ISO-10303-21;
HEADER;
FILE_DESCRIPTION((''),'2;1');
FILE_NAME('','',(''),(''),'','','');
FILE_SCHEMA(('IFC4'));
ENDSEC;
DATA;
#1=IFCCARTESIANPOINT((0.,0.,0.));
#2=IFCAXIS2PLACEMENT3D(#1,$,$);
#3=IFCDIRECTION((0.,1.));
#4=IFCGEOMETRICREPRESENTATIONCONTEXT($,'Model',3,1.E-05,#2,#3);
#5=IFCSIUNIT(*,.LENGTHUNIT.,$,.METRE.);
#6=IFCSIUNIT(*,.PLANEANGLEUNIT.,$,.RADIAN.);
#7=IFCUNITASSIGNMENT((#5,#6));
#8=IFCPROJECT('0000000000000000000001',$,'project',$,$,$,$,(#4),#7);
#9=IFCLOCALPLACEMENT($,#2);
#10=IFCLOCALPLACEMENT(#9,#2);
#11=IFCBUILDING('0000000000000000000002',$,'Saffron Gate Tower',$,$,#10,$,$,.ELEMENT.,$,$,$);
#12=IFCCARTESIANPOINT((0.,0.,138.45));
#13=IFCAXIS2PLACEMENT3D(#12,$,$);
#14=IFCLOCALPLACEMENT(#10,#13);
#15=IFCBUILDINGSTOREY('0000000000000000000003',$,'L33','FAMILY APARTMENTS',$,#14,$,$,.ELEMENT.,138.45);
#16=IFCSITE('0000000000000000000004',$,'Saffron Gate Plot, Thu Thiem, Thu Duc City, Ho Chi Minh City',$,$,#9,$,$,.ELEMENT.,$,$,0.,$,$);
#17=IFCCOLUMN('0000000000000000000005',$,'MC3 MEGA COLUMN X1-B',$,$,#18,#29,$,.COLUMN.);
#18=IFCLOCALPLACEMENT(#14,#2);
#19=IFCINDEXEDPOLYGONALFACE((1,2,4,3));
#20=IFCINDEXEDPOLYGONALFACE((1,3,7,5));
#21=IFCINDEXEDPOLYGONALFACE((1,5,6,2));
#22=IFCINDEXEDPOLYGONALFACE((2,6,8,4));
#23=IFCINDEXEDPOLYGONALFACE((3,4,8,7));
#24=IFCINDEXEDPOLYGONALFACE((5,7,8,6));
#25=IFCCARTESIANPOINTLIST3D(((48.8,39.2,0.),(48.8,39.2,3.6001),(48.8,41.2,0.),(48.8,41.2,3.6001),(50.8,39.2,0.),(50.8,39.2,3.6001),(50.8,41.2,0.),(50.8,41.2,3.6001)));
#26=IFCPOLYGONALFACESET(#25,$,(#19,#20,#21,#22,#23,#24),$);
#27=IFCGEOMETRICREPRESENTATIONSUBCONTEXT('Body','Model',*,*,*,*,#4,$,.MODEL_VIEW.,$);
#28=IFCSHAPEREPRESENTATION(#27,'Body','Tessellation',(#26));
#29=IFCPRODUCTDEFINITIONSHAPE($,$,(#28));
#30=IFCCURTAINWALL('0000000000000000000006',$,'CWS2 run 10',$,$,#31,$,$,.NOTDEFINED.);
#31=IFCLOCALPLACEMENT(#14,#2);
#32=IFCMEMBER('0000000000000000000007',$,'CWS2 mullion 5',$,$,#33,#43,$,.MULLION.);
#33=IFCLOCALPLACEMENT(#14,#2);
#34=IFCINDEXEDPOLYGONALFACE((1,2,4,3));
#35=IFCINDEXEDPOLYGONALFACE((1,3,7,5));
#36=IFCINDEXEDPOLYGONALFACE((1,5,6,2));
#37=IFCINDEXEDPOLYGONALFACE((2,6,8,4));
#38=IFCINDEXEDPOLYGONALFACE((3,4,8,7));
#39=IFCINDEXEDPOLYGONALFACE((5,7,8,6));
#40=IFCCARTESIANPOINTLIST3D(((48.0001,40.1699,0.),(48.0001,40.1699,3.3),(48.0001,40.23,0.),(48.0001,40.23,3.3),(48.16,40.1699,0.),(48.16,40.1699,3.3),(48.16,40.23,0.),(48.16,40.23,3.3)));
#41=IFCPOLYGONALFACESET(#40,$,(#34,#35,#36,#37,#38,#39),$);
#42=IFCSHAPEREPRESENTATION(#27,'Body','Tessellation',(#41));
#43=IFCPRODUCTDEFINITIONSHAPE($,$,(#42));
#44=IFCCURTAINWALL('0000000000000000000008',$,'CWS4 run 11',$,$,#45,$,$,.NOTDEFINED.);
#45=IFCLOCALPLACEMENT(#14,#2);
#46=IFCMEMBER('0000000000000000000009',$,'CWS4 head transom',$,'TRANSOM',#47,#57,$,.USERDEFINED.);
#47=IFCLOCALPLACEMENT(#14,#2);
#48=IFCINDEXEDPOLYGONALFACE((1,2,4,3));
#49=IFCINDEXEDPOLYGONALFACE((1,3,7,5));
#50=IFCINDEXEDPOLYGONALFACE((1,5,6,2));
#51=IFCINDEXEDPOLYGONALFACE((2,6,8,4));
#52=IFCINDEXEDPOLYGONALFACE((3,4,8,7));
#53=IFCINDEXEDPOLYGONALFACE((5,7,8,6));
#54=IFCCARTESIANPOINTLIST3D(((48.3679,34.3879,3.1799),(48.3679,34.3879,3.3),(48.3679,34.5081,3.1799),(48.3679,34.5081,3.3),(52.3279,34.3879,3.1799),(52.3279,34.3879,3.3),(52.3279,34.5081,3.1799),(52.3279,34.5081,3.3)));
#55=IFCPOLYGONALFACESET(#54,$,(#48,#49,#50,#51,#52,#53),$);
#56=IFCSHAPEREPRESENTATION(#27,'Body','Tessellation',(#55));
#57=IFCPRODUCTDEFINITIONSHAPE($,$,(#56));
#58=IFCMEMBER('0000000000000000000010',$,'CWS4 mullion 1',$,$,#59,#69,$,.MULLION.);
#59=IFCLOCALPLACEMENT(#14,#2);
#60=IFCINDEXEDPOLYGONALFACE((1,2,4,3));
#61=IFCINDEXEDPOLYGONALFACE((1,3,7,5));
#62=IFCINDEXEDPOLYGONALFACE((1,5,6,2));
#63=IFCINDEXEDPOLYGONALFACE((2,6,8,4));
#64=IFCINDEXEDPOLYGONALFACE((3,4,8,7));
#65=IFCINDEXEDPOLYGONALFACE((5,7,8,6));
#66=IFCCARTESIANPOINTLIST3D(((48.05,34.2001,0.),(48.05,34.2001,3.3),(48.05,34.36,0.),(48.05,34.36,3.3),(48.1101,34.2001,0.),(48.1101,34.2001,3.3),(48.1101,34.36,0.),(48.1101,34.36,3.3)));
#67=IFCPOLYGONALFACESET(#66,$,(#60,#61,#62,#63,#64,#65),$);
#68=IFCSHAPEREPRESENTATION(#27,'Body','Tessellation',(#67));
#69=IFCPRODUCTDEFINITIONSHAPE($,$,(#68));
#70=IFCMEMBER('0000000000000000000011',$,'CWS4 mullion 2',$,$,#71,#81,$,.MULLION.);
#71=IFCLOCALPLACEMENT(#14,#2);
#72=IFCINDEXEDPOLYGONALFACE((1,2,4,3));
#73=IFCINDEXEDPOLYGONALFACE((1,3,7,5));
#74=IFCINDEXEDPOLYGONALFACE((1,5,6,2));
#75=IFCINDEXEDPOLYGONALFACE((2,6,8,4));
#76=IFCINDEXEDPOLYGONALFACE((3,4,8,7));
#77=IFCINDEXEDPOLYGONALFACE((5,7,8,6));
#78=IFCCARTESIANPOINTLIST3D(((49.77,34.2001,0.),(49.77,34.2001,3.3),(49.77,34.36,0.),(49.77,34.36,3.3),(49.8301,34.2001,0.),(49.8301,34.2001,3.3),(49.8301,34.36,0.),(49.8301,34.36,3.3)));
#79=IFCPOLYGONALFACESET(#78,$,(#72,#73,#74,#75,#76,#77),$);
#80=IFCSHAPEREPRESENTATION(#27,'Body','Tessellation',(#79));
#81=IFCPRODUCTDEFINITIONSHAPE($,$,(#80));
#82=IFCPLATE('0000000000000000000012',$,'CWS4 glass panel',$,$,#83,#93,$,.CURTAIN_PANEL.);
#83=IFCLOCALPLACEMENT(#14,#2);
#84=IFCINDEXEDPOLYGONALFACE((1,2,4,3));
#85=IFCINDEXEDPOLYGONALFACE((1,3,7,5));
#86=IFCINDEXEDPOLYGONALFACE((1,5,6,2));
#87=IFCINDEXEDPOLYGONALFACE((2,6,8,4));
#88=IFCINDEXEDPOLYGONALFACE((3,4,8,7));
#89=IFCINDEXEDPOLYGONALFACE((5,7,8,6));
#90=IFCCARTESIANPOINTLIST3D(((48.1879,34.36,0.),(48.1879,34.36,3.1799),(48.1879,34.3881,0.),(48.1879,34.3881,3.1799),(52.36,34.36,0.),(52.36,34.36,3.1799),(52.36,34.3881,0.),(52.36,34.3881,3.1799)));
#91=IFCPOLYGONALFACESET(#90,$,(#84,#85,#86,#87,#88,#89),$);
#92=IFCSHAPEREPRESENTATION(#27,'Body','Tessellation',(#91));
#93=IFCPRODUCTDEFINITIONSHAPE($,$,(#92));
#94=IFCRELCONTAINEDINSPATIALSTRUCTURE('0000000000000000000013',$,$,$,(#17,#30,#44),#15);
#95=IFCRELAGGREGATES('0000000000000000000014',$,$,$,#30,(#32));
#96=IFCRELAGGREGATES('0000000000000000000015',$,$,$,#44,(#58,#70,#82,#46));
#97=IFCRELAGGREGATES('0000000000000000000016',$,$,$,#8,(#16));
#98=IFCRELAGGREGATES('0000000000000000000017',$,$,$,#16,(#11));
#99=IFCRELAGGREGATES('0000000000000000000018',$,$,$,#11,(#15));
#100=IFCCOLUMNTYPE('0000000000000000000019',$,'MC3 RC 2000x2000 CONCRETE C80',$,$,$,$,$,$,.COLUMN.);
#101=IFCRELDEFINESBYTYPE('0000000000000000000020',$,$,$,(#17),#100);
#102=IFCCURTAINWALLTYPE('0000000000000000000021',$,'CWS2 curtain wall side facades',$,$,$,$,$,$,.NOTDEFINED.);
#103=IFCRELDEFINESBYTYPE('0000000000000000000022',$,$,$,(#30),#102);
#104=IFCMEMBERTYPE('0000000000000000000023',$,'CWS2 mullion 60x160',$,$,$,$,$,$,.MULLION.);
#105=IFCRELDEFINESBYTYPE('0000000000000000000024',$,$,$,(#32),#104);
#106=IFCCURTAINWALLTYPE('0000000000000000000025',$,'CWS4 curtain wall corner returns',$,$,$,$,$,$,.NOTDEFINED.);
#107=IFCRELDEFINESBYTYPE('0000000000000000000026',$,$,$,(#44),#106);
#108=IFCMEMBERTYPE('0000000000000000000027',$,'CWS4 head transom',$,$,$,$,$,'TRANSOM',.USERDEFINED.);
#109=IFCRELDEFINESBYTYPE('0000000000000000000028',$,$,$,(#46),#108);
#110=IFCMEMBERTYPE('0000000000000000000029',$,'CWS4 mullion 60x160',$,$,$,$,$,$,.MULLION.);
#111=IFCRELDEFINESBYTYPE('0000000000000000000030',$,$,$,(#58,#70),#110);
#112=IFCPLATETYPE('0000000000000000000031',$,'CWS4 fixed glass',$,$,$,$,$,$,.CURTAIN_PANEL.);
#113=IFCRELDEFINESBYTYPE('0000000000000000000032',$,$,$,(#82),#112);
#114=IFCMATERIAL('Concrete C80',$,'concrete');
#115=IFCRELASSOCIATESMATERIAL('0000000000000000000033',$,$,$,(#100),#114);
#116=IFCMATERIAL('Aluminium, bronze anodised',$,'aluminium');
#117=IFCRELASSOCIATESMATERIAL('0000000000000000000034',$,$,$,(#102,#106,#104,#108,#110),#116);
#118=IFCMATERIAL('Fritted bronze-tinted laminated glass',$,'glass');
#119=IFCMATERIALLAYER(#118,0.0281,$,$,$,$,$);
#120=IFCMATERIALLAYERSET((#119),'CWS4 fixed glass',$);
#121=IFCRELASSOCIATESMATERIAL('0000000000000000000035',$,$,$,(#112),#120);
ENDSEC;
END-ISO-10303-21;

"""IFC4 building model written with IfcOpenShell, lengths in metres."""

from ifc_helpers import new_model, si_unit, direction, frame, frame_2d, origin, origin_2d, place, context, subcontext, project, spatial, rectangle, extrude, material, layer, layer_set, material_profile, profile_set, type_object, element, aggregate, save


model = new_model("IFC4")

# Units and contexts
model_context = context("Model", 3, precision=1e-05, world=origin(), true_north=direction((0.0, 1.0)))
body_context = subcontext(model_context, "Body", "Model", "MODEL_VIEW")
ifc_project = project(units=[si_unit("LENGTHUNIT", "METRE"), si_unit("PLANEANGLEUNIT", "RADIAN")], contexts=[model_context])

# Site, building, storey
site_placement = place(None, origin())
site = spatial("IfcSite", under=ifc_project, at=site_placement, Name="Saffron Gate Plot, Thu Thiem, Thu Duc City, Ho Chi Minh City", CompositionType="ELEMENT", RefElevation=0.0)
building_placement = place(site_placement, origin())
building = spatial("IfcBuilding", under=site, at=building_placement, Name="Saffron Gate Tower", CompositionType="ELEMENT")
storey_placement = place(building_placement, frame((0.0, 0.0, 138.45)))
storey = spatial("IfcBuildingStorey", under=building, at=storey_placement, Name="L33", Description="FAMILY APARTMENTS", CompositionType="ELEMENT", Elevation=138.45)

# Column
ifc_material_1 = material(Name="Concrete C80", Category="concrete")
ifc_material_profile_1 = material_profile(ifc_material_1, rectangle(XDim=2.0, YDim=2.0, at=origin_2d()))
ifc_profile_set_1 = profile_set([ifc_material_profile_1], Name="Concrete C80")
column_type = type_object("IfcColumnType", Name="MC3 RC 2000x2000 CONCRETE C80", PredefinedType="COLUMN", material=ifc_profile_set_1)
column_placement = place(storey_placement, frame((49.8, 40.2, 0.0), z_axis=(0.0, 0.0, 1.0), x_axis=(1.0, 0.0, 0.0)))
element("IfcColumn", 1, at=column_placement, inside=storey, type_object=column_type, Name="MC3 MEGA COLUMN X1-B", PredefinedType="COLUMN", context=body_context, shape_type="SweptSolid", body=[
    extrude(rectangle(XDim=2.0, YDim=2.0, at=origin_2d()), origin(), (0.0, 0.0, 1.0), 3.6001),
])

# Curtain wall, member
ifc_material_2 = material(Name="Aluminium, bronze anodised", Category="aluminium")
curtain_wall_type_1 = type_object("IfcCurtainWallType", Name="CWS2 curtain wall side facades", PredefinedType="NOTDEFINED", material=ifc_material_2)
curtain_wall_1_placement = place(storey_placement, origin())
curtain_wall_1 = element("IfcCurtainWall", 2, at=curtain_wall_1_placement, inside=storey, type_object=curtain_wall_type_1, Name="CWS2 run 10", PredefinedType="NOTDEFINED")
ifc_material_profile_2 = material_profile(ifc_material_2, rectangle(XDim=0.1599, YDim=0.0601, at=origin_2d()))
ifc_profile_set_2 = profile_set([ifc_material_profile_2], Name="Aluminium, bronze anodised")
member_type_1 = type_object("IfcMemberType", Name="CWS2 mullion 60x160", PredefinedType="MULLION", material=ifc_profile_set_2)
member_1_placement = place(storey_placement, frame((48.0801, 40.2, 0.0), z_axis=(0.0, 0.0, 1.0), x_axis=(1.0, 0.0, 0.0)))
member_1 = element("IfcMember", 3, at=member_1_placement, type_object=member_type_1, Name="CWS2 mullion 5", PredefinedType="MULLION", context=body_context, shape_type="SweptSolid", body=[
    extrude(rectangle(XDim=0.1599, YDim=0.0601, at=origin_2d()), origin(), (0.0, 0.0, 1.0), 3.3),
])
aggregate(curtain_wall_1, [member_1])

# Curtain wall, members, plate
curtain_wall_type_2 = type_object("IfcCurtainWallType", Name="CWS4 curtain wall corner returns", PredefinedType="NOTDEFINED", material=ifc_material_2)
curtain_wall_2_placement = place(storey_placement, origin())
curtain_wall_2 = element("IfcCurtainWall", 4, at=curtain_wall_2_placement, inside=storey, type_object=curtain_wall_type_2, Name="CWS4 run 11", PredefinedType="NOTDEFINED")
ifc_material_profile_3 = material_profile(ifc_material_2, rectangle(XDim=0.1201, YDim=0.1201, at=origin_2d()))
ifc_profile_set_3 = profile_set([ifc_material_profile_3], Name="Aluminium, bronze anodised")
member_type_2 = type_object("IfcMemberType", Name="CWS4 head transom", ElementType="TRANSOM", PredefinedType="USERDEFINED", material=ifc_profile_set_3)
member_2_placement = place(storey_placement, frame((48.3679, 34.448, 3.24), z_axis=(1.0, 0.0, 0.0), x_axis=(0.0, 1.0, 0.0)))
member_2 = element("IfcMember", 5, at=member_2_placement, type_object=member_type_2, Name="CWS4 head transom", ObjectType="TRANSOM", PredefinedType="USERDEFINED", context=body_context, shape_type="SweptSolid", body=[
    extrude(rectangle(XDim=0.1201, YDim=0.1201, at=origin_2d()), origin(), (0.0, 0.0, 1.0), 3.96),
])
ifc_material_profile_4 = material_profile(ifc_material_2, rectangle(XDim=0.1599, YDim=0.0601, at=origin_2d()))
ifc_profile_set_4 = profile_set([ifc_material_profile_4], Name="Aluminium, bronze anodised")
member_type_3 = type_object("IfcMemberType", Name="CWS4 mullion 60x160", PredefinedType="MULLION", material=ifc_profile_set_4)
member_3_placement = place(storey_placement, frame((48.0801, 34.28, 0.0), z_axis=(0.0, 0.0, 1.0), x_axis=(0.0, 1.0, 0.0)))
member_3 = element("IfcMember", 6, at=member_3_placement, type_object=member_type_3, Name="CWS4 mullion 1", PredefinedType="MULLION", context=body_context, shape_type="SweptSolid", body=[
    extrude(rectangle(XDim=0.1599, YDim=0.0601, at=origin_2d()), origin(), (0.0, 0.0, 1.0), 3.3),
])
member_4_placement = place(storey_placement, frame((49.8, 34.28, 0.0), z_axis=(0.0, 0.0, 1.0), x_axis=(0.0, 1.0, 0.0)))
member_4 = element("IfcMember", 7, at=member_4_placement, type_object=member_type_3, Name="CWS4 mullion 2", PredefinedType="MULLION", context=body_context, shape_type="SweptSolid", body=[
    extrude(rectangle(XDim=0.1599, YDim=0.0601, at=origin_2d()), origin(), (0.0, 0.0, 1.0), 3.3),
])
ifc_material_3 = material(Name="Fritted bronze-tinted laminated glass", Category="glass")
ifc_layer_1 = layer(ifc_material_3, 0.0281)
ifc_layer_set_1 = layer_set([ifc_layer_1], Name="CWS4 fixed glass")
plate_type = type_object("IfcPlateType", Name="CWS4 fixed glass", PredefinedType="CURTAIN_PANEL", material=ifc_layer_set_1)
plate_placement = place(storey_placement, frame((48.188, 34.374, 0.0), z_axis=(0.0, 0.0, 1.0), x_axis=(1.0, 0.0, 0.0)))
plate = element("IfcPlate", 8, at=plate_placement, type_object=plate_type, Name="CWS4 glass panel", PredefinedType="CURTAIN_PANEL", context=body_context, shape_type="SweptSolid", body=[
    extrude(rectangle(XDim=4.1721, YDim=0.0281, at=frame_2d((2.0859, 0.0))), origin(), (0.0, 0.0, 1.0), 3.1799),
])
aggregate(curtain_wall_2, [member_3, member_4, plate, member_2])

save(model, "model.ifc")
